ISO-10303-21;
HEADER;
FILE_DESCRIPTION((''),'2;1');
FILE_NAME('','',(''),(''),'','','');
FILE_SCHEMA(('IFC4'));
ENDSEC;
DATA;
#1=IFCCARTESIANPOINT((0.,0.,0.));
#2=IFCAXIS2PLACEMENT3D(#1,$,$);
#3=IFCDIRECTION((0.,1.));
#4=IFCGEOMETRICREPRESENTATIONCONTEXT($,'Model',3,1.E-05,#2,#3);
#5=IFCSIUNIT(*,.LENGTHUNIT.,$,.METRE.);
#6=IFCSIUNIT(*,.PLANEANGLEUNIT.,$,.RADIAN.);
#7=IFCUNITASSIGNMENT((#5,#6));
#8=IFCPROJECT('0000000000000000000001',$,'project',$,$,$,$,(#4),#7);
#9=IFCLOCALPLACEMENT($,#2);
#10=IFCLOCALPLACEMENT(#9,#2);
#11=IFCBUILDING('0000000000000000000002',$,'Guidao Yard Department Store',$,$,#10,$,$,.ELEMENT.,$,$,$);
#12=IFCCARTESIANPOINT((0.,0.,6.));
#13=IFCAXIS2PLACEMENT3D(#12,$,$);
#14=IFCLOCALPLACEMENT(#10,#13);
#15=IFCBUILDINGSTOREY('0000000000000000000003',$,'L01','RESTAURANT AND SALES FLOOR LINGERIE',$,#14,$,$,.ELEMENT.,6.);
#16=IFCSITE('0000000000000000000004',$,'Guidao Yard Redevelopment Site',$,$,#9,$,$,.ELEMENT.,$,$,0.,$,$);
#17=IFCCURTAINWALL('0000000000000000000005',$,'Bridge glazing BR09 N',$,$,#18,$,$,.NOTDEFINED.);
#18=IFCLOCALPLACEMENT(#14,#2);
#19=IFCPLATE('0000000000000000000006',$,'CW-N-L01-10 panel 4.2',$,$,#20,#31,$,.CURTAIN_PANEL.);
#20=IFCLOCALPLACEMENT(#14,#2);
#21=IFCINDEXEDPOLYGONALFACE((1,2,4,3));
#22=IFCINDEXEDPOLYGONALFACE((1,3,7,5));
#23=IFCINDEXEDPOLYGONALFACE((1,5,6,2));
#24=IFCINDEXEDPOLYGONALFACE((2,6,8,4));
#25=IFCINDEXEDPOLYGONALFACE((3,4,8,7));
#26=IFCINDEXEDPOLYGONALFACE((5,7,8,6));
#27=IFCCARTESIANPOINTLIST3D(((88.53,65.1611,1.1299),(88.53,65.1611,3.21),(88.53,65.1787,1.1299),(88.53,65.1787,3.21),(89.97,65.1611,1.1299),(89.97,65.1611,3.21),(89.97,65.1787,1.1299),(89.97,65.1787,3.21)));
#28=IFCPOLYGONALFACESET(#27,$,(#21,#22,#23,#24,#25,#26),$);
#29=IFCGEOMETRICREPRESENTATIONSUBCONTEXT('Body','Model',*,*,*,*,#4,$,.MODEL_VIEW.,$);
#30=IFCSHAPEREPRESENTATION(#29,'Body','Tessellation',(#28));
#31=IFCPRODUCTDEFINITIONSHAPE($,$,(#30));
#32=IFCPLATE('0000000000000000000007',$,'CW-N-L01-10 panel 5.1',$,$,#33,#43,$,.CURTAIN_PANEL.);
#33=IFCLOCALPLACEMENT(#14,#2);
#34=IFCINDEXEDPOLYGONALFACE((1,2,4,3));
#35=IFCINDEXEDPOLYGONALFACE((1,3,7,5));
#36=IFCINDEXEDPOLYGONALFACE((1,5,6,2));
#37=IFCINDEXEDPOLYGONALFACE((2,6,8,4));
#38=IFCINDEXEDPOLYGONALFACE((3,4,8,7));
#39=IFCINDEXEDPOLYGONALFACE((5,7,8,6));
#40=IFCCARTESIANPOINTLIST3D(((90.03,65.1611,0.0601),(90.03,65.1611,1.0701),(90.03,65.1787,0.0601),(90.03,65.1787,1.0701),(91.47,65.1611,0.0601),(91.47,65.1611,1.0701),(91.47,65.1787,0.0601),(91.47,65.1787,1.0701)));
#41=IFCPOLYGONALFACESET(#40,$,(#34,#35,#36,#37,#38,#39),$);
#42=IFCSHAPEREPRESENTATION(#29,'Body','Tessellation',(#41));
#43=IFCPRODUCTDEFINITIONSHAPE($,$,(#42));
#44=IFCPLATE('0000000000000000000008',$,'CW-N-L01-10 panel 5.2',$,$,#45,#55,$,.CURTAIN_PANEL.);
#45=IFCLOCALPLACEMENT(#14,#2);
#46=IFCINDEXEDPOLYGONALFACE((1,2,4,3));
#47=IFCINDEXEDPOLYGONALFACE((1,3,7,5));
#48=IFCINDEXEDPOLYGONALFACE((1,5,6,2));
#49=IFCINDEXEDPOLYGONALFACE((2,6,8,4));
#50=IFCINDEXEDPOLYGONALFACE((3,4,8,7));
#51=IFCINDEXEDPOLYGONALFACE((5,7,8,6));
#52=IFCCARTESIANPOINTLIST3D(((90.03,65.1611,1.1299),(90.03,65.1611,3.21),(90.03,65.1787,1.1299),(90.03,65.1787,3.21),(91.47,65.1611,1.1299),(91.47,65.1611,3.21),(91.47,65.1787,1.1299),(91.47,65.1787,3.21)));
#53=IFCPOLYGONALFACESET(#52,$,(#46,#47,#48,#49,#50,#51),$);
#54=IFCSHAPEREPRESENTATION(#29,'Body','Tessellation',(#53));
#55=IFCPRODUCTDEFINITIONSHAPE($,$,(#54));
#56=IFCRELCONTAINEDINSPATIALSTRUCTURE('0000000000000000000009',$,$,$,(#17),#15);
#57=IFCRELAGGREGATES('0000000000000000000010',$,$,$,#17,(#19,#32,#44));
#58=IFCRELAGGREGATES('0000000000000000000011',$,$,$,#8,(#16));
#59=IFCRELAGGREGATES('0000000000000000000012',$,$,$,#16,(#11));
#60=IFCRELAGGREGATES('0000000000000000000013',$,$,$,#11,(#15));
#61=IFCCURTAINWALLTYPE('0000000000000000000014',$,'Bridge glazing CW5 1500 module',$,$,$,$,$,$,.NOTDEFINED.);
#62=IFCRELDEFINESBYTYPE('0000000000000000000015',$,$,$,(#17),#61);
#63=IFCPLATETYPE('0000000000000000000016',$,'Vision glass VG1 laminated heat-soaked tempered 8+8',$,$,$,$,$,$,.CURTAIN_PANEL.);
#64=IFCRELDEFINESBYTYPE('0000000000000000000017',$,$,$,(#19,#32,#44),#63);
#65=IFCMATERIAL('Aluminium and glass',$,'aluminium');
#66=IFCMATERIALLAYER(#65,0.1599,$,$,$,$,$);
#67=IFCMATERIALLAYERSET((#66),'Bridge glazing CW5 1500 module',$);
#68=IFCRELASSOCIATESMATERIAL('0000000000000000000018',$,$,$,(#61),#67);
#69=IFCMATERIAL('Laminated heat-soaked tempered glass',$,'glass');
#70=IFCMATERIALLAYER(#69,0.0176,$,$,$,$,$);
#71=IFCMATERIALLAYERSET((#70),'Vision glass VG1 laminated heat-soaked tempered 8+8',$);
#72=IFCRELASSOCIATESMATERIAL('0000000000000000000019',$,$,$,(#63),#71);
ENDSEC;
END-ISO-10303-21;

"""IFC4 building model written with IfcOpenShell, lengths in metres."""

from ifc_helpers import new_model, si_unit, direction, frame, origin, origin_2d, place, context, subcontext, project, spatial, rectangle, extrude, material, layer, layer_set, type_object, element, aggregate, save


model = new_model("IFC4")

# Units and contexts
model_context = context("Model", 3, precision=1e-05, world=origin(), true_north=direction((0.0, 1.0)))
body_context = subcontext(model_context, "Body", "Model", "MODEL_VIEW")
ifc_project = project(units=[si_unit("LENGTHUNIT", "METRE"), si_unit("PLANEANGLEUNIT", "RADIAN")], contexts=[model_context])

# Site, building, storey
site_placement = place(None, origin())
site = spatial("IfcSite", under=ifc_project, at=site_placement, Name="Guidao Yard Redevelopment Site", CompositionType="ELEMENT", RefElevation=0.0)
building_placement = place(site_placement, origin())
building = spatial("IfcBuilding", under=site, at=building_placement, Name="Guidao Yard Department Store", CompositionType="ELEMENT")
storey_placement = place(building_placement, frame((0.0, 0.0, 6.0)))
storey = spatial("IfcBuildingStorey", under=building, at=storey_placement, Name="L01", Description="RESTAURANT AND SALES FLOOR LINGERIE", CompositionType="ELEMENT", Elevation=6.0)

# Curtain wall
ifc_material_1 = material(Name="Aluminium and glass", Category="aluminium")
ifc_layer_1 = layer(ifc_material_1, 0.1599)
ifc_layer_set_1 = layer_set([ifc_layer_1], Name="Bridge glazing CW5 1500 module")
curtain_wall_type = type_object("IfcCurtainWallType", Name="Bridge glazing CW5 1500 module", PredefinedType="NOTDEFINED", material=ifc_layer_set_1)
curtain_wall_1_placement = place(storey_placement, origin())
curtain_wall_1 = element("IfcCurtainWall", 1, at=curtain_wall_1_placement, inside=storey, type_object=curtain_wall_type, Name="Bridge glazing BR09 N", PredefinedType="NOTDEFINED")

# Plates
ifc_material_2 = material(Name="Laminated heat-soaked tempered glass", Category="glass")
ifc_layer_2 = layer(ifc_material_2, 0.0176)
ifc_layer_set_2 = layer_set([ifc_layer_2], Name="Vision glass VG1 laminated heat-soaked tempered 8+8")
plate_type_1 = type_object("IfcPlateType", Name="Vision glass VG1 laminated heat-soaked tempered 8+8", PredefinedType="CURTAIN_PANEL", material=ifc_layer_set_2)
plate_1_placement = place(storey_placement, frame((89.25, 65.1699, 1.1299), z_axis=(0.0, 0.0, 1.0), x_axis=(1.0, 0.0, 0.0)))
plate_1 = element("IfcPlate", 2, at=plate_1_placement, type_object=plate_type_1, Name="CW-N-L01-10 panel 4.2", PredefinedType="CURTAIN_PANEL", context=body_context, shape_type="SweptSolid", body=[
    extrude(rectangle(XDim=1.4399, YDim=0.0176, at=origin_2d()), origin(), (0.0, 0.0, 1.0), 2.0801),
])
plate_2_placement = place(storey_placement, frame((90.75, 65.1699, 0.0601), z_axis=(0.0, 0.0, 1.0), x_axis=(1.0, 0.0, 0.0)))
plate_2 = element("IfcPlate", 3, at=plate_2_placement, type_object=plate_type_1, Name="CW-N-L01-10 panel 5.1", PredefinedType="CURTAIN_PANEL", context=body_context, shape_type="SweptSolid", body=[
    extrude(rectangle(XDim=1.4399, YDim=0.0176, at=origin_2d()), origin(), (0.0, 0.0, 1.0), 1.01),
])
plate_3_placement = place(storey_placement, frame((90.75, 65.1699, 1.1299), z_axis=(0.0, 0.0, 1.0), x_axis=(1.0, 0.0, 0.0)))
plate_3 = element("IfcPlate", 4, at=plate_3_placement, type_object=plate_type_1, Name="CW-N-L01-10 panel 5.2", PredefinedType="CURTAIN_PANEL", context=body_context, shape_type="SweptSolid", body=[
    extrude(rectangle(XDim=1.4399, YDim=0.0176, at=origin_2d()), origin(), (0.0, 0.0, 1.0), 2.0801),
])
aggregate(curtain_wall_1, [plate_1, plate_2, plate_3])

save(model, "model.ifc")
